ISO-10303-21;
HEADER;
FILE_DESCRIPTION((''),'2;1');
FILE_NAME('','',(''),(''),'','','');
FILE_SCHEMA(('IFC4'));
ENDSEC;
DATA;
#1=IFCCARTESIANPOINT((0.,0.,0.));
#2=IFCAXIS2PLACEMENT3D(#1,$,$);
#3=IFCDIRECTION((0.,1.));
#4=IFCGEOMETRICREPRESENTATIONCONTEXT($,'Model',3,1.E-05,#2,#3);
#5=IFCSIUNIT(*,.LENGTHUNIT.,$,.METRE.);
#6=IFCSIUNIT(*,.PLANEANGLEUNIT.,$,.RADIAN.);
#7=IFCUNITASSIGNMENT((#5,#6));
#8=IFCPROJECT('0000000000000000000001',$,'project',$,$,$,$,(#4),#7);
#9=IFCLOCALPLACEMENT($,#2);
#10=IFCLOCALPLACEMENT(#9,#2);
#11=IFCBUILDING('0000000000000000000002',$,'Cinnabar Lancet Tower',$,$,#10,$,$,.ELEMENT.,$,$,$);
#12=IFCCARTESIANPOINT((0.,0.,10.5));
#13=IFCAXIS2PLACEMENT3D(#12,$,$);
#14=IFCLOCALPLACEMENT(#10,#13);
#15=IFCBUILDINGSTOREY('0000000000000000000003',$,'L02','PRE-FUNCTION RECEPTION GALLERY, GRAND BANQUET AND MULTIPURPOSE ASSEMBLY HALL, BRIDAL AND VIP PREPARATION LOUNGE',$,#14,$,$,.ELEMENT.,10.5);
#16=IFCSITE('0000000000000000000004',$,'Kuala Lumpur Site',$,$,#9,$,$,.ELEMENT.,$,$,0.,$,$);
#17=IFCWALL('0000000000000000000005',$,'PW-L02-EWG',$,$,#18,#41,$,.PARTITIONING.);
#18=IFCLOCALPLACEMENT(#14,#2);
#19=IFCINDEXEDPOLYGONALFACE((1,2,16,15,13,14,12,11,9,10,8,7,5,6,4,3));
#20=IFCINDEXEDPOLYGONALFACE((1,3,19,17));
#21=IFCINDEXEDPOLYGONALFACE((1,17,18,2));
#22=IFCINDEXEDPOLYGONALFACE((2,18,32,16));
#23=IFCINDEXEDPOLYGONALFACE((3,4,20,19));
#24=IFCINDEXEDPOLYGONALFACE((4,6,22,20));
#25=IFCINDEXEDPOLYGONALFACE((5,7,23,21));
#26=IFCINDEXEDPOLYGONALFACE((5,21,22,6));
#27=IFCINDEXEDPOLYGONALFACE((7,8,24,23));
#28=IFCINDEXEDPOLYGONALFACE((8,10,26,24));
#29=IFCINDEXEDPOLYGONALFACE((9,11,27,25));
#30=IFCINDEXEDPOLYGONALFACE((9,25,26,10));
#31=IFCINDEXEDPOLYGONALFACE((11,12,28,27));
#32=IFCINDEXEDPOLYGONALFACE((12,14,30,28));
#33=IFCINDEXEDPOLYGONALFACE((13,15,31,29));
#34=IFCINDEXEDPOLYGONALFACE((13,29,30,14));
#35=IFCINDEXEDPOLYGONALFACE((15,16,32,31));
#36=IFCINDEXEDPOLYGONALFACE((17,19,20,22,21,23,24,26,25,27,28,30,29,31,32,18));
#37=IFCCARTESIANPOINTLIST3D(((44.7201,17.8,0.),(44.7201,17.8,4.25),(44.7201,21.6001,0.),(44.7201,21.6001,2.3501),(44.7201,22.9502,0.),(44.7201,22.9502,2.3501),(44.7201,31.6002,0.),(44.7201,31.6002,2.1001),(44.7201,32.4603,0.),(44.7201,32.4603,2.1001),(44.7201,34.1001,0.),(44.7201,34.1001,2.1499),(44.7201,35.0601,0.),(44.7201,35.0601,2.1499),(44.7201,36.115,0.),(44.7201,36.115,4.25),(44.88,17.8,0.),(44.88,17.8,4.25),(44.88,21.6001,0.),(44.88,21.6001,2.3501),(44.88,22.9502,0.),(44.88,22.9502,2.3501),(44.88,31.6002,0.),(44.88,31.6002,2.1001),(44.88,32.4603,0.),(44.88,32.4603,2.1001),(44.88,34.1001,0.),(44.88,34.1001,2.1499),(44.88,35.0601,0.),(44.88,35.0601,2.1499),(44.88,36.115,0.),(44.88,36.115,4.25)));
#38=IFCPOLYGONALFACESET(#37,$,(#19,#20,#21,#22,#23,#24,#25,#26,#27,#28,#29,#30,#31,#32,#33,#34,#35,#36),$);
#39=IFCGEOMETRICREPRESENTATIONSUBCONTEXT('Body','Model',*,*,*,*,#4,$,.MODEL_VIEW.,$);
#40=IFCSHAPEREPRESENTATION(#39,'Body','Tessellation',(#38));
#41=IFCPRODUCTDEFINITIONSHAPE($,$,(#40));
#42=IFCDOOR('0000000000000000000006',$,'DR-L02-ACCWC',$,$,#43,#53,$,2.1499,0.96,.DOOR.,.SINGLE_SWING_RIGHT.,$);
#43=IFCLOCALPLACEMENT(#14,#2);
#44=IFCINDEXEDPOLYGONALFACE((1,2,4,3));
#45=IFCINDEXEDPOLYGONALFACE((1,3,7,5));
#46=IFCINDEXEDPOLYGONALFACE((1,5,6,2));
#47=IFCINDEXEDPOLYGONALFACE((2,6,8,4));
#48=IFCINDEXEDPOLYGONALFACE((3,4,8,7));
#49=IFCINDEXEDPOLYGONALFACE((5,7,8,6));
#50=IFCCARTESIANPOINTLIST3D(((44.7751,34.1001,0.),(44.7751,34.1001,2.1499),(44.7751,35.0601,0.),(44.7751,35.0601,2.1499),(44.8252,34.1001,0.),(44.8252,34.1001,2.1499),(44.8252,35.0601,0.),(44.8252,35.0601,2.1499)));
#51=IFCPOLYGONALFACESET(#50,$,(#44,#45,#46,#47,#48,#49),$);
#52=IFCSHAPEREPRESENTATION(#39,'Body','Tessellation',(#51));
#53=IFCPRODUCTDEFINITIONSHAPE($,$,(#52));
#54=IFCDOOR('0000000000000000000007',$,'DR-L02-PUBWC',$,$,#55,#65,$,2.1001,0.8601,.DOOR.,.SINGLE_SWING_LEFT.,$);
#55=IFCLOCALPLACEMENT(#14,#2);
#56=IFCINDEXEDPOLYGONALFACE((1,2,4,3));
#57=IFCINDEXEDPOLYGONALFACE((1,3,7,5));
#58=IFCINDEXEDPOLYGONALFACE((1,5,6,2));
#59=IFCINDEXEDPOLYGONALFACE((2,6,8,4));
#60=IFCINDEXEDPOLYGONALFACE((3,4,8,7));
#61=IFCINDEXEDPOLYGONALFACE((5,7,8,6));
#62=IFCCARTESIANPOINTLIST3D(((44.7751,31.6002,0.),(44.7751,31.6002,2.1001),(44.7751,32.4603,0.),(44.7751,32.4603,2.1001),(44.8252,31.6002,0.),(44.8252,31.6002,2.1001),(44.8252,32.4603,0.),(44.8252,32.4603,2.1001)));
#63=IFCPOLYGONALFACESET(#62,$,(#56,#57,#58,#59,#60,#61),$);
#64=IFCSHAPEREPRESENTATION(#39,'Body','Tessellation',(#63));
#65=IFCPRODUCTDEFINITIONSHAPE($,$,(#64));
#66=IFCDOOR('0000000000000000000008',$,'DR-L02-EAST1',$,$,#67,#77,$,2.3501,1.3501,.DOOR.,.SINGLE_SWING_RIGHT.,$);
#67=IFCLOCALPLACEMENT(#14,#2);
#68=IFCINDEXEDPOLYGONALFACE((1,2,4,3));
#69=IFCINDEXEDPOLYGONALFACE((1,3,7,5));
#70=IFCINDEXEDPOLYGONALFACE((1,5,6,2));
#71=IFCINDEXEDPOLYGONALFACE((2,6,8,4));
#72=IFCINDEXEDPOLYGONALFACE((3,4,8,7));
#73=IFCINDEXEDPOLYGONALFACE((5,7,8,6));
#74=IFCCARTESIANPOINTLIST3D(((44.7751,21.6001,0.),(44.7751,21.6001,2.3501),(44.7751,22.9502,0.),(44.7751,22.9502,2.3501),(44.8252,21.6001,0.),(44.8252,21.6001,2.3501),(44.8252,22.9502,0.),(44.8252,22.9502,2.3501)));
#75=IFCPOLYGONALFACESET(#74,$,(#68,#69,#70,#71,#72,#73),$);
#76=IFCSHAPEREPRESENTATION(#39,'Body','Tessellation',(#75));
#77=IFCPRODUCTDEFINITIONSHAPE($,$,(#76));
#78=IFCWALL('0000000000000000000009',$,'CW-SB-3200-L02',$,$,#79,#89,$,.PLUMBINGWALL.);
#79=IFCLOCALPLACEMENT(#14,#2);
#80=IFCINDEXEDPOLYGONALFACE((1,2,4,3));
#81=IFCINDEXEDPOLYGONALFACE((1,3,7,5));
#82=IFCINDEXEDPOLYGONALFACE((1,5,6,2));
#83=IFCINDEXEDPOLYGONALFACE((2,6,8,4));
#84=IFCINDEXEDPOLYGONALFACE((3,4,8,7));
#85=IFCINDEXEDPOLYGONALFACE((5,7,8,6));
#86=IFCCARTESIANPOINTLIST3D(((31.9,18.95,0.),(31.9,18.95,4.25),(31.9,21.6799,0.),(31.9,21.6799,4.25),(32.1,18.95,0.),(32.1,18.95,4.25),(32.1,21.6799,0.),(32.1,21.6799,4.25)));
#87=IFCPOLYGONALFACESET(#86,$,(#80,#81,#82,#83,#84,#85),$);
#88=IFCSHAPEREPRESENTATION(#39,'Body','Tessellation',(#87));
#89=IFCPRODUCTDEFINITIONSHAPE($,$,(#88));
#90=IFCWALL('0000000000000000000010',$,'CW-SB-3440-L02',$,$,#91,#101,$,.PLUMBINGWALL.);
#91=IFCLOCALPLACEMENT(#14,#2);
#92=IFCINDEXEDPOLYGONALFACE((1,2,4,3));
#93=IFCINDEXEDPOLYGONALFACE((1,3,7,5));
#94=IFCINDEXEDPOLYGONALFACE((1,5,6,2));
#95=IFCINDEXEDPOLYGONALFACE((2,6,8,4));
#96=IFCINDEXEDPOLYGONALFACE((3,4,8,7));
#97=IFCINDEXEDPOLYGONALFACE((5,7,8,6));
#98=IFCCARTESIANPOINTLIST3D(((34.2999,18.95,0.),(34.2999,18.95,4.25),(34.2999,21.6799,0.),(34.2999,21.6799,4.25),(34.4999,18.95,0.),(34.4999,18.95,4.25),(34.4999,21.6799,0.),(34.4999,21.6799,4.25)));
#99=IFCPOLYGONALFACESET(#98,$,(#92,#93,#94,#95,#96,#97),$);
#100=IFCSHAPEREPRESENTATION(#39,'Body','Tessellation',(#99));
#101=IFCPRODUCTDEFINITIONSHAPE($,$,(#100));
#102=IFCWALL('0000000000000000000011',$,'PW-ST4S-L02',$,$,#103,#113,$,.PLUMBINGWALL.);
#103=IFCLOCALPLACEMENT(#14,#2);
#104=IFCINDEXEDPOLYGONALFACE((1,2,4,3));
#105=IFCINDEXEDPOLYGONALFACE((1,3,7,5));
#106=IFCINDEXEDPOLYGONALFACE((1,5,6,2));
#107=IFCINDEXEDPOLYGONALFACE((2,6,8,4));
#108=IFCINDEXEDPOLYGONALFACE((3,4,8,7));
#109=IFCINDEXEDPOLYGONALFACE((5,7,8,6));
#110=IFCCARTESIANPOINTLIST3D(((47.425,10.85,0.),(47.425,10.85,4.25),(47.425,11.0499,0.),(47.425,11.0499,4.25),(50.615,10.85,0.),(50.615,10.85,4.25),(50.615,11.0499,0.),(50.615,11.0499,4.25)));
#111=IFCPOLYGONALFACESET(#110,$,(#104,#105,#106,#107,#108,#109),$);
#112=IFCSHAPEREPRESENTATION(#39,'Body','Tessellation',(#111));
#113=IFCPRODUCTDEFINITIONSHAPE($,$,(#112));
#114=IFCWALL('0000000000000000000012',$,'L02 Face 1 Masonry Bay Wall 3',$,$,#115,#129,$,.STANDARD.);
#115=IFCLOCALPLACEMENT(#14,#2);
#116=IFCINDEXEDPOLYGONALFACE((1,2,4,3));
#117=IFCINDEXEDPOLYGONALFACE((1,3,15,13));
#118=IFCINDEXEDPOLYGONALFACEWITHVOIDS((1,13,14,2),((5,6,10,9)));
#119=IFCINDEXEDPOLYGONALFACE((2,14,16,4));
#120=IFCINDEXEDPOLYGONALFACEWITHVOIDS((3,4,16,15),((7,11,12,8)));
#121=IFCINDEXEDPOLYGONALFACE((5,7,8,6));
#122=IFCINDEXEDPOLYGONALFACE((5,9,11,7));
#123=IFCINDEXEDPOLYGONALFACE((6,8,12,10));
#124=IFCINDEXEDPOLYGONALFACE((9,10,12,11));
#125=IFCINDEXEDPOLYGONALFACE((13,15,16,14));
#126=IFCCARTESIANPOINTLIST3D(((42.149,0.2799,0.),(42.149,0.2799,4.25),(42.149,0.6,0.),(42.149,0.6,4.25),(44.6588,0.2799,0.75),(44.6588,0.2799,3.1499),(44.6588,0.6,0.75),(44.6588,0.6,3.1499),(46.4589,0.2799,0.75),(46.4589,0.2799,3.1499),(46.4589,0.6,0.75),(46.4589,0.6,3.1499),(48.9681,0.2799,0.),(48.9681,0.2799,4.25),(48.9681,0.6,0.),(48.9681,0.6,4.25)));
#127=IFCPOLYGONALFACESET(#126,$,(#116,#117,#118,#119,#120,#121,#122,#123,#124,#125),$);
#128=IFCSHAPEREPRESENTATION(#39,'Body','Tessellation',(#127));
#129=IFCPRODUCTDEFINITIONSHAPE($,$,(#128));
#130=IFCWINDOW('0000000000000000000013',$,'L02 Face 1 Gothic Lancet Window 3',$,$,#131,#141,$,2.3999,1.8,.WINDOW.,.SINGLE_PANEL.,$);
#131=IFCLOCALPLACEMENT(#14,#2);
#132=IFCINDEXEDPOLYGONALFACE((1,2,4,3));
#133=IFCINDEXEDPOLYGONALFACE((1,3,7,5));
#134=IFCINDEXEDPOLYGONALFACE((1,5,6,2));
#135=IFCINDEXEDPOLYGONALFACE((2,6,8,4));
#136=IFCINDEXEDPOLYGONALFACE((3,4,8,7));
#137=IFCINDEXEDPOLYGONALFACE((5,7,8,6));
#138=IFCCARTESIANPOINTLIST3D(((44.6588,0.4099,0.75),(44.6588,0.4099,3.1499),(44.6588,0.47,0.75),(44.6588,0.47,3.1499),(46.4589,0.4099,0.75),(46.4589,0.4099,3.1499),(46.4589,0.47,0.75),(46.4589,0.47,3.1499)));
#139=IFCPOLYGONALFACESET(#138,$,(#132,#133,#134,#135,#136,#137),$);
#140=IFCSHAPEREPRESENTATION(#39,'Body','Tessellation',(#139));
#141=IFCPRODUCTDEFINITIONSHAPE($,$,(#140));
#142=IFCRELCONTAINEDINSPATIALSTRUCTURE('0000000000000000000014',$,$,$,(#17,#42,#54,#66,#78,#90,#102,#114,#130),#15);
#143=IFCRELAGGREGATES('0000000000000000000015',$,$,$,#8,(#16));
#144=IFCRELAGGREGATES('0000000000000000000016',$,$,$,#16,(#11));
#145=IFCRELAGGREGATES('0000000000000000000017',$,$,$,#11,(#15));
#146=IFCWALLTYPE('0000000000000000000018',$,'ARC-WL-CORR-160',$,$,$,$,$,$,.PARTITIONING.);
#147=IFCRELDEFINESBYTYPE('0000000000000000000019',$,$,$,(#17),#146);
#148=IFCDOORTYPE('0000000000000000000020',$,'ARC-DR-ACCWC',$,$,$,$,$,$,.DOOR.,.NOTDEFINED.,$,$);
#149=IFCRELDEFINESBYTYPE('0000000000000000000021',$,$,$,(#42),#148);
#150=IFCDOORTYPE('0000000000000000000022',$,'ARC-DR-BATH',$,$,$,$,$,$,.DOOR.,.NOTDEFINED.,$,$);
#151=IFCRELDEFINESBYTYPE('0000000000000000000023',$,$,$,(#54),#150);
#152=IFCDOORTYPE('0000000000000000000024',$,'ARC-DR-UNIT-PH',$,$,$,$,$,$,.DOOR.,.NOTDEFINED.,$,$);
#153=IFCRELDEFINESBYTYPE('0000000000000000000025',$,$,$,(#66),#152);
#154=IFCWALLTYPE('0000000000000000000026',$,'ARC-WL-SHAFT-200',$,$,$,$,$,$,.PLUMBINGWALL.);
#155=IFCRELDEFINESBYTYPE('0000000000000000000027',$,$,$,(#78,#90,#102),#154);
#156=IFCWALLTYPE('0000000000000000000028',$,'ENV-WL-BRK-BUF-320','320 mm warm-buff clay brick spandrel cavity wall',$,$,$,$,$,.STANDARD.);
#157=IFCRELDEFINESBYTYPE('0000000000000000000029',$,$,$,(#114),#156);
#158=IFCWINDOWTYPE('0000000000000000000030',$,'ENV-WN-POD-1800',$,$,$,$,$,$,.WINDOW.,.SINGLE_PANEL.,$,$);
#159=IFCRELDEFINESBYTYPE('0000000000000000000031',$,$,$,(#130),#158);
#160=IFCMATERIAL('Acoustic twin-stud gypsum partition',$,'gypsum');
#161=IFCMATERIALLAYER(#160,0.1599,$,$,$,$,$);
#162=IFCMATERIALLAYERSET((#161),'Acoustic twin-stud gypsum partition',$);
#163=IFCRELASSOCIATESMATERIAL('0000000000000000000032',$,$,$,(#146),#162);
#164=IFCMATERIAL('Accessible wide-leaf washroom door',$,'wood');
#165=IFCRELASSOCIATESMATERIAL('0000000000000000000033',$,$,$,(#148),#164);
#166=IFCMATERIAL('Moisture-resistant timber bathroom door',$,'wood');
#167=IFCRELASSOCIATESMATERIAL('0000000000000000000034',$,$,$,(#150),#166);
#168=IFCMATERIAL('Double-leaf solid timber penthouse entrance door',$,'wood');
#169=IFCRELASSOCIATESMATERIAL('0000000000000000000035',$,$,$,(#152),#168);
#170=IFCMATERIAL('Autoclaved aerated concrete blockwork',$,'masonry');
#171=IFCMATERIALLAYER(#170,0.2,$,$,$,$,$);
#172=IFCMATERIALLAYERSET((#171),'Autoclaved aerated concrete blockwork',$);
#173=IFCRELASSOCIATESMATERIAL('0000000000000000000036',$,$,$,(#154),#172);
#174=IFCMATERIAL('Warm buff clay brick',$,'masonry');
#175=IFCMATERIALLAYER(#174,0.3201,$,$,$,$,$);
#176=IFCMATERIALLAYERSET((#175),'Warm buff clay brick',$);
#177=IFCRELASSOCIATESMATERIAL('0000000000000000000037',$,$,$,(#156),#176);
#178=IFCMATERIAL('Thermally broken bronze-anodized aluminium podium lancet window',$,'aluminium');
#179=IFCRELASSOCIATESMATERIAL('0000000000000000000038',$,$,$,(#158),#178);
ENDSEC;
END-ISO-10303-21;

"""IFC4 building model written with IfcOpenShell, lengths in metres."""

from ifc_helpers import new_model, si_unit, direction, frame, frame_2d, origin, place, context, subcontext, project, spatial, rectangle, extrude, material, layer, layer_set, type_object, element, fill, save


model = new_model("IFC4")

# Units and contexts
model_context = context("Model", 3, precision=1e-05, world=origin(), true_north=direction((0.0, 1.0)))
body_context = subcontext(model_context, "Body", "Model", "MODEL_VIEW")
ifc_project = project(units=[si_unit("LENGTHUNIT", "METRE"), si_unit("PLANEANGLEUNIT", "RADIAN")], contexts=[model_context])

# Site, building, storey
site_placement = place(None, origin())
site = spatial("IfcSite", under=ifc_project, at=site_placement, Name="Kuala Lumpur Site", CompositionType="ELEMENT", RefElevation=0.0)
building_placement = place(site_placement, origin())
building = spatial("IfcBuilding", under=site, at=building_placement, Name="Cinnabar Lancet Tower", CompositionType="ELEMENT")
storey_placement = place(building_placement, frame((0.0, 0.0, 10.5)))
storey = spatial("IfcBuildingStorey", under=building, at=storey_placement, Name="L02", Description="PRE-FUNCTION RECEPTION GALLERY, GRAND BANQUET AND MULTIPURPOSE ASSEMBLY HALL, BRIDAL AND VIP PREPARATION LOUNGE", CompositionType="ELEMENT", Elevation=10.5)

# Shared definitions
ifc_material_1 = material(Name="Acoustic twin-stud gypsum partition", Category="gypsum")
ifc_layer_1 = layer(ifc_material_1, 0.1599)
ifc_layer_set_1 = layer_set([ifc_layer_1], Name="Acoustic twin-stud gypsum partition")
wall_type_1 = type_object("IfcWallType", Name="ARC-WL-CORR-160", PredefinedType="PARTITIONING", material=ifc_layer_set_1)

# Wall, openings, doors
wall_1_placement = place(storey_placement, frame((44.8, 17.8, 0.0), z_axis=(0.0, 0.0, 1.0), x_axis=(0.0, 1.0, 0.0)))
wall_1 = element("IfcWall", 1, at=wall_1_placement, inside=storey, type_object=wall_type_1, Name="PW-L02-EWG", PredefinedType="PARTITIONING", context=body_context, shape_type="SweptSolid", body=[
    extrude(rectangle(XDim=18.3149, YDim=0.1599, at=frame_2d((9.1575, 0.0))), origin(), (0.0, 0.0, 1.0), 4.25),
])
opening_1_placement = place(wall_1_placement, frame((3.8, 0.0, 0.0)))
opening_1 = element("IfcOpeningElement", 2, at=opening_1_placement, cuts=wall_1, PredefinedType="OPENING", context=body_context, shape_type="SweptSolid", body=[
    extrude(rectangle(XDim=1.3501, YDim=2.3501, at=frame_2d((0.675, 1.175))), frame((0.0, 0.0898, 0.0), z_axis=(0.0, -1.0, 0.0), x_axis=(1.0, 0.0, 0.0)), (0.0, 0.0, 1.0), 0.1799),
])
opening_2_placement = place(wall_1_placement, frame((13.8, 0.0, 0.0)))
opening_2 = element("IfcOpeningElement", 3, at=opening_2_placement, cuts=wall_1, PredefinedType="OPENING", context=body_context, shape_type="SweptSolid", body=[
    extrude(rectangle(XDim=0.8601, YDim=2.1001, at=frame_2d((0.4302, 1.05))), frame((0.0, 0.0898, 0.0), z_axis=(0.0, -1.0, 0.0), x_axis=(1.0, 0.0, 0.0)), (0.0, 0.0, 1.0), 0.1799),
])
opening_3_placement = place(wall_1_placement, frame((16.3, 0.0, 0.0)))
opening_3 = element("IfcOpeningElement", 4, at=opening_3_placement, cuts=wall_1, PredefinedType="OPENING", context=body_context, shape_type="SweptSolid", body=[
    extrude(rectangle(XDim=0.96, YDim=2.1499, at=frame_2d((0.48, 1.075))), frame((0.0, 0.0898, 0.0), z_axis=(0.0, -1.0, 0.0), x_axis=(1.0, 0.0, 0.0)), (0.0, 0.0, 1.0), 0.1799),
])
ifc_material_2 = material(Name="Accessible wide-leaf washroom door", Category="wood")
door_type_1 = type_object("IfcDoorType", Name="ARC-DR-ACCWC", OperationType="NOTDEFINED", PredefinedType="DOOR", material=ifc_material_2)
door_1_placement = place(opening_3_placement, origin())
door_1 = element("IfcDoor", 5, at=door_1_placement, inside=storey, type_object=door_type_1, Name="DR-L02-ACCWC", OperationType="SINGLE_SWING_RIGHT", OverallHeight=2.1499, OverallWidth=0.96, PredefinedType="DOOR", context=body_context, shape_type="SweptSolid", body=[
    extrude(rectangle(XDim=0.96, YDim=2.1499, at=frame_2d((0.48, 1.075))), frame((0.0, 0.0249, 0.0), z_axis=(0.0, -1.0, 0.0), x_axis=(1.0, 0.0, 0.0)), (0.0, 0.0, 1.0), 0.05),
])
fill(opening_3, door_1)
ifc_material_3 = material(Name="Moisture-resistant timber bathroom door", Category="wood")
door_type_2 = type_object("IfcDoorType", Name="ARC-DR-BATH", OperationType="NOTDEFINED", PredefinedType="DOOR", material=ifc_material_3)
door_2_placement = place(opening_2_placement, origin())
door_2 = element("IfcDoor", 6, at=door_2_placement, inside=storey, type_object=door_type_2, Name="DR-L02-PUBWC", OperationType="SINGLE_SWING_LEFT", OverallHeight=2.1001, OverallWidth=0.8601, PredefinedType="DOOR", context=body_context, shape_type="SweptSolid", body=[
    extrude(rectangle(XDim=0.8601, YDim=2.1001, at=frame_2d((0.4302, 1.05))), frame((0.0, 0.0249, 0.0), z_axis=(0.0, -1.0, 0.0), x_axis=(1.0, 0.0, 0.0)), (0.0, 0.0, 1.0), 0.05),
])
fill(opening_2, door_2)
ifc_material_4 = material(Name="Double-leaf solid timber penthouse entrance door", Category="wood")
door_type_3 = type_object("IfcDoorType", Name="ARC-DR-UNIT-PH", OperationType="NOTDEFINED", PredefinedType="DOOR", material=ifc_material_4)
door_3_placement = place(opening_1_placement, origin())
door_3 = element("IfcDoor", 7, at=door_3_placement, inside=storey, type_object=door_type_3, Name="DR-L02-EAST1", OperationType="SINGLE_SWING_RIGHT", OverallHeight=2.3501, OverallWidth=1.3501, PredefinedType="DOOR", context=body_context, shape_type="SweptSolid", body=[
    extrude(rectangle(XDim=1.3501, YDim=2.3501, at=frame_2d((0.675, 1.175))), frame((0.0, 0.0249, 0.0), z_axis=(0.0, -1.0, 0.0), x_axis=(1.0, 0.0, 0.0)), (0.0, 0.0, 1.0), 0.05),
])
fill(opening_1, door_3)

# Walls
ifc_material_5 = material(Name="Autoclaved aerated concrete blockwork", Category="masonry")
ifc_layer_2 = layer(ifc_material_5, 0.2)
ifc_layer_set_2 = layer_set([ifc_layer_2], Name="Autoclaved aerated concrete blockwork")
wall_type_2 = type_object("IfcWallType", Name="ARC-WL-SHAFT-200", PredefinedType="PLUMBINGWALL", material=ifc_layer_set_2)
for number, where, z_axis, x_axis, name in (
    (8, (32.0, 18.95, 0.0), (0.0, 0.0, 1.0), (0.0, 1.0, 0.0), "CW-SB-3200-L02"),
    (9, (34.3999, 18.95, 0.0), (0.0, 0.0, 1.0), (0.0, 1.0, 0.0), "CW-SB-3440-L02"),
):
    element("IfcWall", number, at=place(storey_placement, frame(where, z_axis=z_axis, x_axis=x_axis)), inside=storey, type_object=wall_type_2, Name=name, PredefinedType="PLUMBINGWALL", context=body_context, shape_type="SweptSolid", body=[
        extrude(rectangle(XDim=2.73, YDim=0.2, at=frame_2d((1.365, 0.0))), origin(), (0.0, 0.0, 1.0), 4.25),
    ])
wall_2_placement = place(storey_placement, frame((47.425, 10.95, 0.0), z_axis=(0.0, 0.0, 1.0), x_axis=(1.0, 0.0, 0.0)))
element("IfcWall", 10, at=wall_2_placement, inside=storey, type_object=wall_type_2, Name="PW-ST4S-L02", PredefinedType="PLUMBINGWALL", context=body_context, shape_type="SweptSolid", body=[
    extrude(rectangle(XDim=3.1899, YDim=0.2, at=frame_2d((1.595, 0.0))), origin(), (0.0, 0.0, 1.0), 4.25),
])

# Wall, opening, window
ifc_material_6 = material(Name="Warm buff clay brick", Category="masonry")
ifc_layer_3 = layer(ifc_material_6, 0.3201)
ifc_layer_set_3 = layer_set([ifc_layer_3], Name="Warm buff clay brick")
wall_type_3 = type_object("IfcWallType", Name="ENV-WL-BRK-BUF-320", Description="320 mm warm-buff clay brick spandrel cavity wall", PredefinedType="STANDARD", material=ifc_layer_set_3)
wall_3_placement = place(storey_placement, frame((42.1489, 0.4399, 0.0), z_axis=(0.0, 0.0, 1.0), x_axis=(1.0, 0.0, 0.0)))
wall_3 = element("IfcWall", 11, at=wall_3_placement, inside=storey, type_object=wall_type_3, Name="L02 Face 1 Masonry Bay Wall 3", PredefinedType="STANDARD", context=body_context, shape_type="SweptSolid", body=[
    extrude(rectangle(XDim=6.8191, YDim=0.3201, at=frame_2d((3.4097, 0.0))), origin(), (0.0, 0.0, 1.0), 4.25),
])
opening_4_placement = place(wall_3_placement, frame((2.51, 0.0, 0.75)))
opening_4 = element("IfcOpeningElement", 12, at=opening_4_placement, cuts=wall_3, PredefinedType="OPENING", context=body_context, shape_type="SweptSolid", body=[
    extrude(rectangle(XDim=1.8, YDim=2.3999, at=frame_2d((0.8999, 1.2))), frame((0.0, 0.1699, 0.0), z_axis=(0.0, -1.0, 0.0), x_axis=(1.0, 0.0, 0.0)), (0.0, 0.0, 1.0), 0.3401),
])
ifc_material_7 = material(Name="Thermally broken bronze-anodized aluminium podium lancet window", Category="aluminium")
window_type = type_object("IfcWindowType", Name="ENV-WN-POD-1800", PartitioningType="SINGLE_PANEL", PredefinedType="WINDOW", material=ifc_material_7)
window_placement = place(opening_4_placement, origin())
window = element("IfcWindow", 13, at=window_placement, inside=storey, type_object=window_type, Name="L02 Face 1 Gothic Lancet Window 3", OverallHeight=2.3999, OverallWidth=1.8, PartitioningType="SINGLE_PANEL", PredefinedType="WINDOW", context=body_context, shape_type="SweptSolid", body=[
    extrude(rectangle(XDim=1.8, YDim=2.3999, at=frame_2d((0.8999, 1.2))), frame((0.0, 0.03, 0.0), z_axis=(0.0, -1.0, 0.0), x_axis=(1.0, 0.0, 0.0)), (0.0, 0.0, 1.0), 0.0601),
])
fill(opening_4, window)

save(model, "model.ifc")
